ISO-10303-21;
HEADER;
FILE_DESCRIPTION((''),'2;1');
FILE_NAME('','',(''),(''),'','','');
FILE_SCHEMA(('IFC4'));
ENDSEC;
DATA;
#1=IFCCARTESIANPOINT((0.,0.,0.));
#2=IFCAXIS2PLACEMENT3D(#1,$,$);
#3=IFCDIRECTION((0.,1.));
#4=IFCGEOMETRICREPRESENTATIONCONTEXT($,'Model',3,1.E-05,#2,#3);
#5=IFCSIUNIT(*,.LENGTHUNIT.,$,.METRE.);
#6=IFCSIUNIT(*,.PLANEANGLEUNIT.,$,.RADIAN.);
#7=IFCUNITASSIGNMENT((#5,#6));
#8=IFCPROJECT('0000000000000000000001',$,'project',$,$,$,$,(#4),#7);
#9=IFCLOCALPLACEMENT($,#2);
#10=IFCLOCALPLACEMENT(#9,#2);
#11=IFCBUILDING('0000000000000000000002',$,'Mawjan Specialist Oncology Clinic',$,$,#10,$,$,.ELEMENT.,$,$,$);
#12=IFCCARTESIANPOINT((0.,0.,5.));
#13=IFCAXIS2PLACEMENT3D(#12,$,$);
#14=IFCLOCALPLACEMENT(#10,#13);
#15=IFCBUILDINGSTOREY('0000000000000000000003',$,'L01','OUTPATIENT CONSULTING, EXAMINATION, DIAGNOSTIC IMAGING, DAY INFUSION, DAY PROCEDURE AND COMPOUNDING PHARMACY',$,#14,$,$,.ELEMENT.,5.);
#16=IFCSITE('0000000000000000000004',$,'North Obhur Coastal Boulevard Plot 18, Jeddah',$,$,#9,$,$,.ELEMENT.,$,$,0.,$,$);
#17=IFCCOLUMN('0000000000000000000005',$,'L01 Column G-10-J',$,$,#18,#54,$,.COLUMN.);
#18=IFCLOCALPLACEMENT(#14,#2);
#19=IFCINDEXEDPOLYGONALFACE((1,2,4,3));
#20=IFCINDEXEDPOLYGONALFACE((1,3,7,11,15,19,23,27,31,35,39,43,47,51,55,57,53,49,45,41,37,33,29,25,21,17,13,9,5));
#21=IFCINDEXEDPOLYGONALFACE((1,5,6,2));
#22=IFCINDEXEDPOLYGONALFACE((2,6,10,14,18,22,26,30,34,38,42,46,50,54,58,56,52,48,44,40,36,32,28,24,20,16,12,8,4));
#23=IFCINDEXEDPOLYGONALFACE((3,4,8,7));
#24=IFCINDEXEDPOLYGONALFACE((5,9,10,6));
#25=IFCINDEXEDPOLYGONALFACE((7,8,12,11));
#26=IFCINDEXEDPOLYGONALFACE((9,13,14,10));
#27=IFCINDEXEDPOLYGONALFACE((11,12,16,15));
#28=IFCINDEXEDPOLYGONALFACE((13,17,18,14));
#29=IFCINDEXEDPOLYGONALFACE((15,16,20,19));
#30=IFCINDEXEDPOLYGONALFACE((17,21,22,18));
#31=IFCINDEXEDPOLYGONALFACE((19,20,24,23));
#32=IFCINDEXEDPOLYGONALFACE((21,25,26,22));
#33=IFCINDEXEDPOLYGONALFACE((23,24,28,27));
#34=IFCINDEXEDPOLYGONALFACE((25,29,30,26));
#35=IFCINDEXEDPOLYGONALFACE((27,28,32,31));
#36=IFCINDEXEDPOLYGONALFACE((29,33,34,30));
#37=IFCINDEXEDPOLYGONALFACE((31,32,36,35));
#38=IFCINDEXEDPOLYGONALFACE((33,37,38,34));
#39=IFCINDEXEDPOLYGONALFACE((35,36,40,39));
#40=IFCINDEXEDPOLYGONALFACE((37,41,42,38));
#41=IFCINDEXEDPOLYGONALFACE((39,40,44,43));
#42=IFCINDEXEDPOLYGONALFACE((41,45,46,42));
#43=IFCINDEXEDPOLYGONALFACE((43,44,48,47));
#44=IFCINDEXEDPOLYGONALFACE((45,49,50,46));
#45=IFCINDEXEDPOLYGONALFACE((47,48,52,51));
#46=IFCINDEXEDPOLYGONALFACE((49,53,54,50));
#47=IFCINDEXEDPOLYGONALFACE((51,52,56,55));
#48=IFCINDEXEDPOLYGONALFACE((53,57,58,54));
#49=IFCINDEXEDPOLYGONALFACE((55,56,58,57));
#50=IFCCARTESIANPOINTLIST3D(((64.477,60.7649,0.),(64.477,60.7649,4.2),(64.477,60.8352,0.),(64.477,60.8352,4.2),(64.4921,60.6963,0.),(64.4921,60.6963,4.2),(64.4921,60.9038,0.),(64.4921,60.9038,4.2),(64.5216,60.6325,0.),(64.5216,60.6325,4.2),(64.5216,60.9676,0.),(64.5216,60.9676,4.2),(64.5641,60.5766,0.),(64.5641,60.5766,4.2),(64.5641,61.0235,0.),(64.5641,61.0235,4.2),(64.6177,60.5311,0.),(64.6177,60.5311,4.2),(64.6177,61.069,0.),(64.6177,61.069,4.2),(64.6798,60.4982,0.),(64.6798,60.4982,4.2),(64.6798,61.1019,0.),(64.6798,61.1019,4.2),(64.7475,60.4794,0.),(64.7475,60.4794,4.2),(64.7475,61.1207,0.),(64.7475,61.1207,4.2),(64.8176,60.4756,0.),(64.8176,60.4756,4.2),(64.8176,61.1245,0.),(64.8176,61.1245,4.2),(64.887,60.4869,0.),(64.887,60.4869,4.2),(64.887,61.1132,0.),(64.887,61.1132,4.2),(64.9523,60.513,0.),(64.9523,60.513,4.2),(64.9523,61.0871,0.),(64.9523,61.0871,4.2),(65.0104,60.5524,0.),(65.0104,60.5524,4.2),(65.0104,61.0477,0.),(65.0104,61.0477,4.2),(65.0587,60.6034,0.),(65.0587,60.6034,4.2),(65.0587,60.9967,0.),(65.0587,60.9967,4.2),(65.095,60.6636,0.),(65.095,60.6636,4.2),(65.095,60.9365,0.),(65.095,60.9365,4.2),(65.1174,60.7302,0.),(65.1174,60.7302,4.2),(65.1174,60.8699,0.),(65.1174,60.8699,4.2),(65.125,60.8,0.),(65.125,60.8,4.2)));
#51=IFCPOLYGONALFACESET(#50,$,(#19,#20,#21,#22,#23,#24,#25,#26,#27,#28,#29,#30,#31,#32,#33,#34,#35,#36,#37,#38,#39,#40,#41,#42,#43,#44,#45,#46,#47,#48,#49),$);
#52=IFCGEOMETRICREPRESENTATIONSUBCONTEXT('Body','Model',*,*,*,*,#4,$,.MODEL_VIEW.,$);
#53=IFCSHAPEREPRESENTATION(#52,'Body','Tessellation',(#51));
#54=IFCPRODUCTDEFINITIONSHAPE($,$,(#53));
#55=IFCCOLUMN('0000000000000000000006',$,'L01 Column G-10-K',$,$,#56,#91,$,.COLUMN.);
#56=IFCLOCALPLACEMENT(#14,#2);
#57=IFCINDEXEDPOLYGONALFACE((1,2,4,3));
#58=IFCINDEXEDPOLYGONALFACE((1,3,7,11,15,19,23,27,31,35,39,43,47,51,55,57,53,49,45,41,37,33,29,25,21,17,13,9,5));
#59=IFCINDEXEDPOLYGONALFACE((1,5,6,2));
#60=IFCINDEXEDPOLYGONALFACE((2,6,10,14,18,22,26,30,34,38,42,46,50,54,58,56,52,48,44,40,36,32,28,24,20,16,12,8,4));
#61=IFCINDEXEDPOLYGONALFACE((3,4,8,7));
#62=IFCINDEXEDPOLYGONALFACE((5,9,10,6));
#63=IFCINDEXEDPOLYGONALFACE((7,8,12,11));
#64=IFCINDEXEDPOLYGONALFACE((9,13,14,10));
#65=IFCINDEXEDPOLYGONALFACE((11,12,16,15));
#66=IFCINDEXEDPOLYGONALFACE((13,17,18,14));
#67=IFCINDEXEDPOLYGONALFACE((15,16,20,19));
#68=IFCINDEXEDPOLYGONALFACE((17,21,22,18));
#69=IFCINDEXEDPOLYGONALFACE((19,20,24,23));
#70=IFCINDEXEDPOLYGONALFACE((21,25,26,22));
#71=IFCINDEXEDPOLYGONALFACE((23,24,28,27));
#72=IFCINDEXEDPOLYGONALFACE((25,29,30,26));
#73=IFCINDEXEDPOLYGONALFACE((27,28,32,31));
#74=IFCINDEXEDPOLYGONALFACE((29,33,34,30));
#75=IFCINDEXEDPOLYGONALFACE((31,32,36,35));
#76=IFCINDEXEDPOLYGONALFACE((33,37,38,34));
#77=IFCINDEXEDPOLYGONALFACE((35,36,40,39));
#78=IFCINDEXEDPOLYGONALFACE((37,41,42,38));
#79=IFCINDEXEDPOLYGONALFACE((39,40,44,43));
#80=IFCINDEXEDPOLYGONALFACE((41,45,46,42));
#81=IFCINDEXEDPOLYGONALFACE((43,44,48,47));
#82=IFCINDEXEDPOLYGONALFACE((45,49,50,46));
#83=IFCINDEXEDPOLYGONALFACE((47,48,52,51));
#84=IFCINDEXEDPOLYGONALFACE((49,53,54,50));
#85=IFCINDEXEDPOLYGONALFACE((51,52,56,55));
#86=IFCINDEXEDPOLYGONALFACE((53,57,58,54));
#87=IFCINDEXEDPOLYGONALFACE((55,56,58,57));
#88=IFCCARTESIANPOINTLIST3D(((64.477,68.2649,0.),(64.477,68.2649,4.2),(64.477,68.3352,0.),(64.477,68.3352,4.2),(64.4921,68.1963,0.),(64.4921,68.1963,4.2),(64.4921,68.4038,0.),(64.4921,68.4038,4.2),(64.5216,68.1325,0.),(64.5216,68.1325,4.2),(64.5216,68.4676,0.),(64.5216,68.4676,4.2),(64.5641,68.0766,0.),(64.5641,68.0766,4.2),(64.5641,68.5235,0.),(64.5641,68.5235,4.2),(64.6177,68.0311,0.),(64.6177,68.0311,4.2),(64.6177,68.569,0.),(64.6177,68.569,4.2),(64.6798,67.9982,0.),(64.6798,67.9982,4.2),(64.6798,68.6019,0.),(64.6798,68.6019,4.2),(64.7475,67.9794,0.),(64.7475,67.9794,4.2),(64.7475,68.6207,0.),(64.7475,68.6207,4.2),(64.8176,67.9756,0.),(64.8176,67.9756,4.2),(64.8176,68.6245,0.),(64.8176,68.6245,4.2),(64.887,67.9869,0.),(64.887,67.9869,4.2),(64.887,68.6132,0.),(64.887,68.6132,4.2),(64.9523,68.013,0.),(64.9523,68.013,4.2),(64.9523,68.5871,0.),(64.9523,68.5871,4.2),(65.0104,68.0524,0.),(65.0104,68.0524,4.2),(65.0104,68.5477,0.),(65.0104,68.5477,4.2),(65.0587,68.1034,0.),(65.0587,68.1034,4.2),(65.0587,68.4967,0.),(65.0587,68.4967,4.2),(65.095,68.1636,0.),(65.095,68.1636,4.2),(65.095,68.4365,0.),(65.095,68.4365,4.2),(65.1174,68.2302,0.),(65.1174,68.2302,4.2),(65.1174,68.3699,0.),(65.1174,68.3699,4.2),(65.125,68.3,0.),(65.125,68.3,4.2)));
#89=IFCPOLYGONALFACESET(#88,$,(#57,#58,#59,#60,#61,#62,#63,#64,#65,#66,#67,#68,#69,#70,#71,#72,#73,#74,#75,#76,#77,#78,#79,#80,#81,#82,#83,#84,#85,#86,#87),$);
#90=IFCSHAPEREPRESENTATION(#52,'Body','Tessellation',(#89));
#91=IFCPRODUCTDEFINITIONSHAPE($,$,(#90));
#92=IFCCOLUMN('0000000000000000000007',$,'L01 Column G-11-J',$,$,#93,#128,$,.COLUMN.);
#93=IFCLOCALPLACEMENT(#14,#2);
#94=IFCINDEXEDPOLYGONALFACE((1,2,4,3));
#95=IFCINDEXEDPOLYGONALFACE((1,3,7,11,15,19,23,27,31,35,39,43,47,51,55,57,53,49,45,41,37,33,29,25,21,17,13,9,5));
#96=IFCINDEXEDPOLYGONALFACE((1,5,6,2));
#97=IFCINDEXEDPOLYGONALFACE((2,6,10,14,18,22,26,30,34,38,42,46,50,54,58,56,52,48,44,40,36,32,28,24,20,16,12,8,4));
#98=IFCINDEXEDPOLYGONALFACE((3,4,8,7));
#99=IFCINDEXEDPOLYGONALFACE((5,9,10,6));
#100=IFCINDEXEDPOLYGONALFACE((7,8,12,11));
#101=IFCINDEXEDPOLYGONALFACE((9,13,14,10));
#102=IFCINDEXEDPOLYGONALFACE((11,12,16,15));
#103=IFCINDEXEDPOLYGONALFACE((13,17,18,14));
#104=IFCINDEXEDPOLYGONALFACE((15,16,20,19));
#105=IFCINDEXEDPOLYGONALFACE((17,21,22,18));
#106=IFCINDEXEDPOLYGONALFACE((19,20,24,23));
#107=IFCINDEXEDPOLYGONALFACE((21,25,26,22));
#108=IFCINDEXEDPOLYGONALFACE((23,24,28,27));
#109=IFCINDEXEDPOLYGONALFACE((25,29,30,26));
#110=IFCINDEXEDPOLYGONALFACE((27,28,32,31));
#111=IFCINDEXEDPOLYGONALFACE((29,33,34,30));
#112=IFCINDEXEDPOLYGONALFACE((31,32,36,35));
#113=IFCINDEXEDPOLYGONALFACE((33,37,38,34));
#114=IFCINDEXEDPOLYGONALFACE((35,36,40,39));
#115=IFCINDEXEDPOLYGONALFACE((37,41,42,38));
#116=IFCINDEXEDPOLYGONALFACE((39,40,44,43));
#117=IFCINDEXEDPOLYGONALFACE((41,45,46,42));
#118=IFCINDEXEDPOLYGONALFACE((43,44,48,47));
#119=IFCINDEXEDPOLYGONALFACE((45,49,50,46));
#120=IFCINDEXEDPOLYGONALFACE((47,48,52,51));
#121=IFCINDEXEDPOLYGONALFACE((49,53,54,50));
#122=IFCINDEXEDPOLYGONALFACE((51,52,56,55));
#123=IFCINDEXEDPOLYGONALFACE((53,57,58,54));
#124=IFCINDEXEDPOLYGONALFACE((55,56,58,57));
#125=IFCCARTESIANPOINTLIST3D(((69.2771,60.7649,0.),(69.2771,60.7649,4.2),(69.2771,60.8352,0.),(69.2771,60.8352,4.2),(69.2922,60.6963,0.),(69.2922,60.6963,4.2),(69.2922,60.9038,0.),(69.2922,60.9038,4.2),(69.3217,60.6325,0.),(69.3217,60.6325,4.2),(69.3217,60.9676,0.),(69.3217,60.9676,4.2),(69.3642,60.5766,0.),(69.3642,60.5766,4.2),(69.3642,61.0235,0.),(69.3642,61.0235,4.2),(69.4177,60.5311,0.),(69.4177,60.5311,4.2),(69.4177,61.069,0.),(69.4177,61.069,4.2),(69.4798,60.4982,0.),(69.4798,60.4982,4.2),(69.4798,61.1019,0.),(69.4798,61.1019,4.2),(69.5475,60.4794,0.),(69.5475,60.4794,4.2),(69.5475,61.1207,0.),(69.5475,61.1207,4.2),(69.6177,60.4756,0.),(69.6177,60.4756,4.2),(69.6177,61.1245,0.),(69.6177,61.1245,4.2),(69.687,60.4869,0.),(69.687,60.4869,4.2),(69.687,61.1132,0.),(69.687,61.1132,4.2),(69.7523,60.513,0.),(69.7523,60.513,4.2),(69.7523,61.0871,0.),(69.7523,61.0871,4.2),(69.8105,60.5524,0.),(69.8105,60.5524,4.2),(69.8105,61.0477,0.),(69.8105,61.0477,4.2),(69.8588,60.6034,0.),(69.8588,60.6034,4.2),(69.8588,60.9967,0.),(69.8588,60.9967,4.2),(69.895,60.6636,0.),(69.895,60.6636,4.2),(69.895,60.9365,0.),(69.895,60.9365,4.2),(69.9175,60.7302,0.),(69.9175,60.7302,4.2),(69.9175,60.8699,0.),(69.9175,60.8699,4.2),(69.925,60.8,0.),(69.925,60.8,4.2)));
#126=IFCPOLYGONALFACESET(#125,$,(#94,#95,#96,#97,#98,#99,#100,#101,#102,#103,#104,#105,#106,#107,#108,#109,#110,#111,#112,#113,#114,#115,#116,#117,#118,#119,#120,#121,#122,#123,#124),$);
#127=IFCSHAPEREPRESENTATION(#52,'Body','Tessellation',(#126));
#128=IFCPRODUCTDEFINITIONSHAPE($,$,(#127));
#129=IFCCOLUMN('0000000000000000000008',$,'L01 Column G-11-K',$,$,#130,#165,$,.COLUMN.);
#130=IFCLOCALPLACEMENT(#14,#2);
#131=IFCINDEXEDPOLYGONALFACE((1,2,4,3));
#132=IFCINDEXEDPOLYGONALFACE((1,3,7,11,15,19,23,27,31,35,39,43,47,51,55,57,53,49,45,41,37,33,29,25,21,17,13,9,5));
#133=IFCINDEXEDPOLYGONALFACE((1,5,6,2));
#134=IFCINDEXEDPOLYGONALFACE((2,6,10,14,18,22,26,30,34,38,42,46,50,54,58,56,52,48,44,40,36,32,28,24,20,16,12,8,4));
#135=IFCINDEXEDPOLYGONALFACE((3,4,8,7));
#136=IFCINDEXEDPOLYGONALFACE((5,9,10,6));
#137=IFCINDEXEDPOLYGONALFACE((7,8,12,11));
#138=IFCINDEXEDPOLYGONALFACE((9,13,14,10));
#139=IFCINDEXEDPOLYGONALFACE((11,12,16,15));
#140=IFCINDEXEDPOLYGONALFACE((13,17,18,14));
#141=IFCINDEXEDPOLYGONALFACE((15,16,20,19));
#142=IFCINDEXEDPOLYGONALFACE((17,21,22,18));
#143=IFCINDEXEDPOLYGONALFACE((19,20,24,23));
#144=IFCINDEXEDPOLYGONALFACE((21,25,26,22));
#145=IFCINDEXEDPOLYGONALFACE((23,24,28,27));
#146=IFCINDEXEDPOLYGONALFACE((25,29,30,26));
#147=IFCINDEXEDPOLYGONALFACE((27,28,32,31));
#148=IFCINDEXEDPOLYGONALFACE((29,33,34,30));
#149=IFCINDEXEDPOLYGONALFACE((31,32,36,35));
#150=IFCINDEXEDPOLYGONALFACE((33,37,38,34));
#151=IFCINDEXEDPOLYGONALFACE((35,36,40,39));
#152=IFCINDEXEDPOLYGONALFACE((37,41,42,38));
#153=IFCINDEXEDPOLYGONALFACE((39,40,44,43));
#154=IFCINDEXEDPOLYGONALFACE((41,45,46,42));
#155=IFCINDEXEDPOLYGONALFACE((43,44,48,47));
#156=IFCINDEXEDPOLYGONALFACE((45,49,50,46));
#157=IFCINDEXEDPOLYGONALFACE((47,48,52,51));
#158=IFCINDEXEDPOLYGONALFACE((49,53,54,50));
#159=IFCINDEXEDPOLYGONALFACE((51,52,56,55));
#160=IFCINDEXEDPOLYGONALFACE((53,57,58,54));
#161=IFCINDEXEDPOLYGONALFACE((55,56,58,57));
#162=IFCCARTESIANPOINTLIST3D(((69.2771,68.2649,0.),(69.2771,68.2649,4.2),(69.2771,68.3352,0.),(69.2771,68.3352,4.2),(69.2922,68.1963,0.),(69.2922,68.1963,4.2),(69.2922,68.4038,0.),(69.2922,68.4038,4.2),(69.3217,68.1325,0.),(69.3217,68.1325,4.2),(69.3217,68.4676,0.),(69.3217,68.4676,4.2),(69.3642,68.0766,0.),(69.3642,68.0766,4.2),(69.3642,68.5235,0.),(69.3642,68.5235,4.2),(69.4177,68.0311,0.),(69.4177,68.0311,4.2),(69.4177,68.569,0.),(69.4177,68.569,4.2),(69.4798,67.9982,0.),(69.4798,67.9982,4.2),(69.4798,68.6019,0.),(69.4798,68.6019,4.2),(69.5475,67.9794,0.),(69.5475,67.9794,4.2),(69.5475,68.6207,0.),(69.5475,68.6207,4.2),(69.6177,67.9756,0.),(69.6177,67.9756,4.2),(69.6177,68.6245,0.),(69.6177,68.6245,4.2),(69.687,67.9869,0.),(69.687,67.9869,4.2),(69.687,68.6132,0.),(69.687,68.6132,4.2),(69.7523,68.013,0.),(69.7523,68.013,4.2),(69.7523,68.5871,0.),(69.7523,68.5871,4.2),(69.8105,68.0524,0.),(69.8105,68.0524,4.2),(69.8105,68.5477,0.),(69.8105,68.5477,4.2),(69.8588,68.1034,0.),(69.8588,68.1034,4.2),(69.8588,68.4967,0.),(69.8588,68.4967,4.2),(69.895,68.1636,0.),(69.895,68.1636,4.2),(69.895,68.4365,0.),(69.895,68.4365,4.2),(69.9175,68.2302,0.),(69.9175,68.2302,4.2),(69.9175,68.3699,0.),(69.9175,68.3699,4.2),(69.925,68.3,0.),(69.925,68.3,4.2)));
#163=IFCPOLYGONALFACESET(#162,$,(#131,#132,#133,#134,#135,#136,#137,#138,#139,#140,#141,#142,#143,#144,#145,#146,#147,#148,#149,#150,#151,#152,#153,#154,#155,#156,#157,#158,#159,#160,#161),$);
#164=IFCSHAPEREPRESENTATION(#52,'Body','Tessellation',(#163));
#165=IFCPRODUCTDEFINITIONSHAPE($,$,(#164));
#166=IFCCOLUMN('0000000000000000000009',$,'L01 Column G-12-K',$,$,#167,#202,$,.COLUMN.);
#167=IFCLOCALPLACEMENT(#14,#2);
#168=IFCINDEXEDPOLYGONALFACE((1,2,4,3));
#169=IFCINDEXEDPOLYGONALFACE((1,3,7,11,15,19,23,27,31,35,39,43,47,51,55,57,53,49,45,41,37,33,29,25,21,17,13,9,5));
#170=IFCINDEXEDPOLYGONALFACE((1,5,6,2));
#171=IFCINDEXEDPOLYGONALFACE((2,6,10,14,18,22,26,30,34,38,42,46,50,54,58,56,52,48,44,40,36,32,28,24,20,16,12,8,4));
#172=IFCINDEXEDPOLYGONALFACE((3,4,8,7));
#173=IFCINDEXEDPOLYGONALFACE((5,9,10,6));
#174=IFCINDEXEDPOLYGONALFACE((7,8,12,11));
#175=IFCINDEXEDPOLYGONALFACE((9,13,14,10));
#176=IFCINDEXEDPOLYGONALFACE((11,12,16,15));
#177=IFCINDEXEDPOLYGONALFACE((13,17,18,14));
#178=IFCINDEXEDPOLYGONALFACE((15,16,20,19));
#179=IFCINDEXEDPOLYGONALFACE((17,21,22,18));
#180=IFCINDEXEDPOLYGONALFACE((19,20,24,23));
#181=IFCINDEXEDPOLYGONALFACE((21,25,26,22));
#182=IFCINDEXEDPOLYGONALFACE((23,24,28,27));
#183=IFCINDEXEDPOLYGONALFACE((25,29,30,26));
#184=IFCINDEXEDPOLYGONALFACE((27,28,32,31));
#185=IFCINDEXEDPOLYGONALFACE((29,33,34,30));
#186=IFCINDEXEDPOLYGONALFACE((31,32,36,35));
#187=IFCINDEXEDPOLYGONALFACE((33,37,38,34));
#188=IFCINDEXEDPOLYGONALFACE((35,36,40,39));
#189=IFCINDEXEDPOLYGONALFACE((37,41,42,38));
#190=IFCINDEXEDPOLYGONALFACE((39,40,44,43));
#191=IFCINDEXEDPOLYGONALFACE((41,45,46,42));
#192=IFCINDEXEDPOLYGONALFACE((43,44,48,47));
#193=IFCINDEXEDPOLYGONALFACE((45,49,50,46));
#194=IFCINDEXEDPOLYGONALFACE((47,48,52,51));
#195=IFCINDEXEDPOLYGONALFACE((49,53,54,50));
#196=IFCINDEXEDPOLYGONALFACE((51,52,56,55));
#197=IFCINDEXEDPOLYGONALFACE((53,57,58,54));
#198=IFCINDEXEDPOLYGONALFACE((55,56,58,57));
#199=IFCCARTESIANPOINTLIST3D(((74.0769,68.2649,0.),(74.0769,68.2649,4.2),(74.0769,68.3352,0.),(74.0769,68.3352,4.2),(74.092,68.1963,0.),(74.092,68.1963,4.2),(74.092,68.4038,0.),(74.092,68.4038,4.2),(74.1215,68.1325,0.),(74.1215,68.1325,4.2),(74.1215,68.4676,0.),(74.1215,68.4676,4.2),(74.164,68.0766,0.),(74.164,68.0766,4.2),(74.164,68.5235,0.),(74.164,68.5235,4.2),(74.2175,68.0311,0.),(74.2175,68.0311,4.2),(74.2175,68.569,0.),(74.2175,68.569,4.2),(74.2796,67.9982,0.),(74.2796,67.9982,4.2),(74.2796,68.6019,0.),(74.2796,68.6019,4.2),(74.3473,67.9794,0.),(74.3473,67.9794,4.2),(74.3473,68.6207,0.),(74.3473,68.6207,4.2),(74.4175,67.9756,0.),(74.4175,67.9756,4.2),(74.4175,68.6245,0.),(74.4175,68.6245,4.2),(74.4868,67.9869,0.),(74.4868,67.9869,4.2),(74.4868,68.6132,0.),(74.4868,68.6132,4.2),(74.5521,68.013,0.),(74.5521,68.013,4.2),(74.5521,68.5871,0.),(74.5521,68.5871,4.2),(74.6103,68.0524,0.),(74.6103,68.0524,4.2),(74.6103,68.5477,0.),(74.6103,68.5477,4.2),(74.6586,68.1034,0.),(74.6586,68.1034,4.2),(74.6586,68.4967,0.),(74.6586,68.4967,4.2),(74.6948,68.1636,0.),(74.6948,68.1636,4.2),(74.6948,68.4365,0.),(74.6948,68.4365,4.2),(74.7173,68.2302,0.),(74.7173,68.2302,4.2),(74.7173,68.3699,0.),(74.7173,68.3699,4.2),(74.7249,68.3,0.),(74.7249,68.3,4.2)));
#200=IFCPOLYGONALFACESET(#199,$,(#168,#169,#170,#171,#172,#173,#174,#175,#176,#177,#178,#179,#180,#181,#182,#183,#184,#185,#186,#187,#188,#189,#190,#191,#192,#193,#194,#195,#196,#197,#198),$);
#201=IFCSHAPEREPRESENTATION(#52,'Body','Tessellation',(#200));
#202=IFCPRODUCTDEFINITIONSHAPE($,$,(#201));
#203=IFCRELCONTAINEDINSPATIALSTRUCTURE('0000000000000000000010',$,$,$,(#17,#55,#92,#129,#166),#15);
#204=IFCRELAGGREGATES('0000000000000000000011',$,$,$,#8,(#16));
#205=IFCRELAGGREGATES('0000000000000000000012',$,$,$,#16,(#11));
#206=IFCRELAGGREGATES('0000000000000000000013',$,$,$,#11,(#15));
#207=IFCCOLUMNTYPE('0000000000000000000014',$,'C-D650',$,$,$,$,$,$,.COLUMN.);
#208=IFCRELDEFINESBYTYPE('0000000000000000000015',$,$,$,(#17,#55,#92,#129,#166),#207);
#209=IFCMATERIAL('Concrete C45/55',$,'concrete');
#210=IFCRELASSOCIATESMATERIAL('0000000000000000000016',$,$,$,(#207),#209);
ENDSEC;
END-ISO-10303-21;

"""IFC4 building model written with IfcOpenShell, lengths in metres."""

from ifc_helpers import new_model, si_unit, direction, frame, origin, origin_2d, place, context, subcontext, project, spatial, circle, extrude, material, material_profile, profile_set, type_object, element, save


model = new_model("IFC4")

# Units and contexts
model_context = context("Model", 3, precision=1e-05, world=origin(), true_north=direction((0.0, 1.0)))
body_context = subcontext(model_context, "Body", "Model", "MODEL_VIEW")
ifc_project = project(units=[si_unit("LENGTHUNIT", "METRE"), si_unit("PLANEANGLEUNIT", "RADIAN")], contexts=[model_context])

# Site, building, storey
site_placement = place(None, origin())
site = spatial("IfcSite", under=ifc_project, at=site_placement, Name="North Obhur Coastal Boulevard Plot 18, Jeddah", CompositionType="ELEMENT", RefElevation=0.0)
building_placement = place(site_placement, origin())
building = spatial("IfcBuilding", under=site, at=building_placement, Name="Mawjan Specialist Oncology Clinic", CompositionType="ELEMENT")
storey_placement = place(building_placement, frame((0.0, 0.0, 5.0)))
storey = spatial("IfcBuildingStorey", under=building, at=storey_placement, Name="L01", Description="OUTPATIENT CONSULTING, EXAMINATION, DIAGNOSTIC IMAGING, DAY INFUSION, DAY PROCEDURE AND COMPOUNDING PHARMACY", CompositionType="ELEMENT", Elevation=5.0)

# Columns
ifc_material_1 = material(Name="Concrete C45/55", Category="concrete")
ifc_material_profile_1 = material_profile(ifc_material_1, circle(Radius=0.325, at=origin_2d()), Name="RC COL D650", Category="concrete")
ifc_profile_set_1 = profile_set([ifc_material_profile_1], Name="Concrete C45/55")
column_type = type_object("IfcColumnType", Name="C-D650", PredefinedType="COLUMN", material=ifc_profile_set_1)
for number, where, z_axis, x_axis, name in (
    (1, (64.8, 60.8, 0.0), (0.0, 0.0, 1.0), (1.0, 0.0, 0.0), "L01 Column G-10-J"),
    (2, (64.8, 68.3, 0.0), (0.0, 0.0, 1.0), (1.0, 0.0, 0.0), "L01 Column G-10-K"),
    (3, (69.6001, 60.8, 0.0), (0.0, 0.0, 1.0), (1.0, 0.0, 0.0), "L01 Column G-11-J"),
    (4, (69.6001, 68.3, 0.0), (0.0, 0.0, 1.0), (1.0, 0.0, 0.0), "L01 Column G-11-K"),
    (5, (74.3999, 68.3, 0.0), (0.0, 0.0, 1.0), (1.0, 0.0, 0.0), "L01 Column G-12-K"),
):
    element("IfcColumn", number, at=place(storey_placement, frame(where, z_axis=z_axis, x_axis=x_axis)), inside=storey, type_object=column_type, Name=name, PredefinedType="COLUMN", context=body_context, shape_type="SweptSolid", body=[
        extrude(circle(Radius=0.325, at=origin_2d()), origin(), (0.0, 0.0, 1.0), 4.2),
    ])

save(model, "model.ifc")
